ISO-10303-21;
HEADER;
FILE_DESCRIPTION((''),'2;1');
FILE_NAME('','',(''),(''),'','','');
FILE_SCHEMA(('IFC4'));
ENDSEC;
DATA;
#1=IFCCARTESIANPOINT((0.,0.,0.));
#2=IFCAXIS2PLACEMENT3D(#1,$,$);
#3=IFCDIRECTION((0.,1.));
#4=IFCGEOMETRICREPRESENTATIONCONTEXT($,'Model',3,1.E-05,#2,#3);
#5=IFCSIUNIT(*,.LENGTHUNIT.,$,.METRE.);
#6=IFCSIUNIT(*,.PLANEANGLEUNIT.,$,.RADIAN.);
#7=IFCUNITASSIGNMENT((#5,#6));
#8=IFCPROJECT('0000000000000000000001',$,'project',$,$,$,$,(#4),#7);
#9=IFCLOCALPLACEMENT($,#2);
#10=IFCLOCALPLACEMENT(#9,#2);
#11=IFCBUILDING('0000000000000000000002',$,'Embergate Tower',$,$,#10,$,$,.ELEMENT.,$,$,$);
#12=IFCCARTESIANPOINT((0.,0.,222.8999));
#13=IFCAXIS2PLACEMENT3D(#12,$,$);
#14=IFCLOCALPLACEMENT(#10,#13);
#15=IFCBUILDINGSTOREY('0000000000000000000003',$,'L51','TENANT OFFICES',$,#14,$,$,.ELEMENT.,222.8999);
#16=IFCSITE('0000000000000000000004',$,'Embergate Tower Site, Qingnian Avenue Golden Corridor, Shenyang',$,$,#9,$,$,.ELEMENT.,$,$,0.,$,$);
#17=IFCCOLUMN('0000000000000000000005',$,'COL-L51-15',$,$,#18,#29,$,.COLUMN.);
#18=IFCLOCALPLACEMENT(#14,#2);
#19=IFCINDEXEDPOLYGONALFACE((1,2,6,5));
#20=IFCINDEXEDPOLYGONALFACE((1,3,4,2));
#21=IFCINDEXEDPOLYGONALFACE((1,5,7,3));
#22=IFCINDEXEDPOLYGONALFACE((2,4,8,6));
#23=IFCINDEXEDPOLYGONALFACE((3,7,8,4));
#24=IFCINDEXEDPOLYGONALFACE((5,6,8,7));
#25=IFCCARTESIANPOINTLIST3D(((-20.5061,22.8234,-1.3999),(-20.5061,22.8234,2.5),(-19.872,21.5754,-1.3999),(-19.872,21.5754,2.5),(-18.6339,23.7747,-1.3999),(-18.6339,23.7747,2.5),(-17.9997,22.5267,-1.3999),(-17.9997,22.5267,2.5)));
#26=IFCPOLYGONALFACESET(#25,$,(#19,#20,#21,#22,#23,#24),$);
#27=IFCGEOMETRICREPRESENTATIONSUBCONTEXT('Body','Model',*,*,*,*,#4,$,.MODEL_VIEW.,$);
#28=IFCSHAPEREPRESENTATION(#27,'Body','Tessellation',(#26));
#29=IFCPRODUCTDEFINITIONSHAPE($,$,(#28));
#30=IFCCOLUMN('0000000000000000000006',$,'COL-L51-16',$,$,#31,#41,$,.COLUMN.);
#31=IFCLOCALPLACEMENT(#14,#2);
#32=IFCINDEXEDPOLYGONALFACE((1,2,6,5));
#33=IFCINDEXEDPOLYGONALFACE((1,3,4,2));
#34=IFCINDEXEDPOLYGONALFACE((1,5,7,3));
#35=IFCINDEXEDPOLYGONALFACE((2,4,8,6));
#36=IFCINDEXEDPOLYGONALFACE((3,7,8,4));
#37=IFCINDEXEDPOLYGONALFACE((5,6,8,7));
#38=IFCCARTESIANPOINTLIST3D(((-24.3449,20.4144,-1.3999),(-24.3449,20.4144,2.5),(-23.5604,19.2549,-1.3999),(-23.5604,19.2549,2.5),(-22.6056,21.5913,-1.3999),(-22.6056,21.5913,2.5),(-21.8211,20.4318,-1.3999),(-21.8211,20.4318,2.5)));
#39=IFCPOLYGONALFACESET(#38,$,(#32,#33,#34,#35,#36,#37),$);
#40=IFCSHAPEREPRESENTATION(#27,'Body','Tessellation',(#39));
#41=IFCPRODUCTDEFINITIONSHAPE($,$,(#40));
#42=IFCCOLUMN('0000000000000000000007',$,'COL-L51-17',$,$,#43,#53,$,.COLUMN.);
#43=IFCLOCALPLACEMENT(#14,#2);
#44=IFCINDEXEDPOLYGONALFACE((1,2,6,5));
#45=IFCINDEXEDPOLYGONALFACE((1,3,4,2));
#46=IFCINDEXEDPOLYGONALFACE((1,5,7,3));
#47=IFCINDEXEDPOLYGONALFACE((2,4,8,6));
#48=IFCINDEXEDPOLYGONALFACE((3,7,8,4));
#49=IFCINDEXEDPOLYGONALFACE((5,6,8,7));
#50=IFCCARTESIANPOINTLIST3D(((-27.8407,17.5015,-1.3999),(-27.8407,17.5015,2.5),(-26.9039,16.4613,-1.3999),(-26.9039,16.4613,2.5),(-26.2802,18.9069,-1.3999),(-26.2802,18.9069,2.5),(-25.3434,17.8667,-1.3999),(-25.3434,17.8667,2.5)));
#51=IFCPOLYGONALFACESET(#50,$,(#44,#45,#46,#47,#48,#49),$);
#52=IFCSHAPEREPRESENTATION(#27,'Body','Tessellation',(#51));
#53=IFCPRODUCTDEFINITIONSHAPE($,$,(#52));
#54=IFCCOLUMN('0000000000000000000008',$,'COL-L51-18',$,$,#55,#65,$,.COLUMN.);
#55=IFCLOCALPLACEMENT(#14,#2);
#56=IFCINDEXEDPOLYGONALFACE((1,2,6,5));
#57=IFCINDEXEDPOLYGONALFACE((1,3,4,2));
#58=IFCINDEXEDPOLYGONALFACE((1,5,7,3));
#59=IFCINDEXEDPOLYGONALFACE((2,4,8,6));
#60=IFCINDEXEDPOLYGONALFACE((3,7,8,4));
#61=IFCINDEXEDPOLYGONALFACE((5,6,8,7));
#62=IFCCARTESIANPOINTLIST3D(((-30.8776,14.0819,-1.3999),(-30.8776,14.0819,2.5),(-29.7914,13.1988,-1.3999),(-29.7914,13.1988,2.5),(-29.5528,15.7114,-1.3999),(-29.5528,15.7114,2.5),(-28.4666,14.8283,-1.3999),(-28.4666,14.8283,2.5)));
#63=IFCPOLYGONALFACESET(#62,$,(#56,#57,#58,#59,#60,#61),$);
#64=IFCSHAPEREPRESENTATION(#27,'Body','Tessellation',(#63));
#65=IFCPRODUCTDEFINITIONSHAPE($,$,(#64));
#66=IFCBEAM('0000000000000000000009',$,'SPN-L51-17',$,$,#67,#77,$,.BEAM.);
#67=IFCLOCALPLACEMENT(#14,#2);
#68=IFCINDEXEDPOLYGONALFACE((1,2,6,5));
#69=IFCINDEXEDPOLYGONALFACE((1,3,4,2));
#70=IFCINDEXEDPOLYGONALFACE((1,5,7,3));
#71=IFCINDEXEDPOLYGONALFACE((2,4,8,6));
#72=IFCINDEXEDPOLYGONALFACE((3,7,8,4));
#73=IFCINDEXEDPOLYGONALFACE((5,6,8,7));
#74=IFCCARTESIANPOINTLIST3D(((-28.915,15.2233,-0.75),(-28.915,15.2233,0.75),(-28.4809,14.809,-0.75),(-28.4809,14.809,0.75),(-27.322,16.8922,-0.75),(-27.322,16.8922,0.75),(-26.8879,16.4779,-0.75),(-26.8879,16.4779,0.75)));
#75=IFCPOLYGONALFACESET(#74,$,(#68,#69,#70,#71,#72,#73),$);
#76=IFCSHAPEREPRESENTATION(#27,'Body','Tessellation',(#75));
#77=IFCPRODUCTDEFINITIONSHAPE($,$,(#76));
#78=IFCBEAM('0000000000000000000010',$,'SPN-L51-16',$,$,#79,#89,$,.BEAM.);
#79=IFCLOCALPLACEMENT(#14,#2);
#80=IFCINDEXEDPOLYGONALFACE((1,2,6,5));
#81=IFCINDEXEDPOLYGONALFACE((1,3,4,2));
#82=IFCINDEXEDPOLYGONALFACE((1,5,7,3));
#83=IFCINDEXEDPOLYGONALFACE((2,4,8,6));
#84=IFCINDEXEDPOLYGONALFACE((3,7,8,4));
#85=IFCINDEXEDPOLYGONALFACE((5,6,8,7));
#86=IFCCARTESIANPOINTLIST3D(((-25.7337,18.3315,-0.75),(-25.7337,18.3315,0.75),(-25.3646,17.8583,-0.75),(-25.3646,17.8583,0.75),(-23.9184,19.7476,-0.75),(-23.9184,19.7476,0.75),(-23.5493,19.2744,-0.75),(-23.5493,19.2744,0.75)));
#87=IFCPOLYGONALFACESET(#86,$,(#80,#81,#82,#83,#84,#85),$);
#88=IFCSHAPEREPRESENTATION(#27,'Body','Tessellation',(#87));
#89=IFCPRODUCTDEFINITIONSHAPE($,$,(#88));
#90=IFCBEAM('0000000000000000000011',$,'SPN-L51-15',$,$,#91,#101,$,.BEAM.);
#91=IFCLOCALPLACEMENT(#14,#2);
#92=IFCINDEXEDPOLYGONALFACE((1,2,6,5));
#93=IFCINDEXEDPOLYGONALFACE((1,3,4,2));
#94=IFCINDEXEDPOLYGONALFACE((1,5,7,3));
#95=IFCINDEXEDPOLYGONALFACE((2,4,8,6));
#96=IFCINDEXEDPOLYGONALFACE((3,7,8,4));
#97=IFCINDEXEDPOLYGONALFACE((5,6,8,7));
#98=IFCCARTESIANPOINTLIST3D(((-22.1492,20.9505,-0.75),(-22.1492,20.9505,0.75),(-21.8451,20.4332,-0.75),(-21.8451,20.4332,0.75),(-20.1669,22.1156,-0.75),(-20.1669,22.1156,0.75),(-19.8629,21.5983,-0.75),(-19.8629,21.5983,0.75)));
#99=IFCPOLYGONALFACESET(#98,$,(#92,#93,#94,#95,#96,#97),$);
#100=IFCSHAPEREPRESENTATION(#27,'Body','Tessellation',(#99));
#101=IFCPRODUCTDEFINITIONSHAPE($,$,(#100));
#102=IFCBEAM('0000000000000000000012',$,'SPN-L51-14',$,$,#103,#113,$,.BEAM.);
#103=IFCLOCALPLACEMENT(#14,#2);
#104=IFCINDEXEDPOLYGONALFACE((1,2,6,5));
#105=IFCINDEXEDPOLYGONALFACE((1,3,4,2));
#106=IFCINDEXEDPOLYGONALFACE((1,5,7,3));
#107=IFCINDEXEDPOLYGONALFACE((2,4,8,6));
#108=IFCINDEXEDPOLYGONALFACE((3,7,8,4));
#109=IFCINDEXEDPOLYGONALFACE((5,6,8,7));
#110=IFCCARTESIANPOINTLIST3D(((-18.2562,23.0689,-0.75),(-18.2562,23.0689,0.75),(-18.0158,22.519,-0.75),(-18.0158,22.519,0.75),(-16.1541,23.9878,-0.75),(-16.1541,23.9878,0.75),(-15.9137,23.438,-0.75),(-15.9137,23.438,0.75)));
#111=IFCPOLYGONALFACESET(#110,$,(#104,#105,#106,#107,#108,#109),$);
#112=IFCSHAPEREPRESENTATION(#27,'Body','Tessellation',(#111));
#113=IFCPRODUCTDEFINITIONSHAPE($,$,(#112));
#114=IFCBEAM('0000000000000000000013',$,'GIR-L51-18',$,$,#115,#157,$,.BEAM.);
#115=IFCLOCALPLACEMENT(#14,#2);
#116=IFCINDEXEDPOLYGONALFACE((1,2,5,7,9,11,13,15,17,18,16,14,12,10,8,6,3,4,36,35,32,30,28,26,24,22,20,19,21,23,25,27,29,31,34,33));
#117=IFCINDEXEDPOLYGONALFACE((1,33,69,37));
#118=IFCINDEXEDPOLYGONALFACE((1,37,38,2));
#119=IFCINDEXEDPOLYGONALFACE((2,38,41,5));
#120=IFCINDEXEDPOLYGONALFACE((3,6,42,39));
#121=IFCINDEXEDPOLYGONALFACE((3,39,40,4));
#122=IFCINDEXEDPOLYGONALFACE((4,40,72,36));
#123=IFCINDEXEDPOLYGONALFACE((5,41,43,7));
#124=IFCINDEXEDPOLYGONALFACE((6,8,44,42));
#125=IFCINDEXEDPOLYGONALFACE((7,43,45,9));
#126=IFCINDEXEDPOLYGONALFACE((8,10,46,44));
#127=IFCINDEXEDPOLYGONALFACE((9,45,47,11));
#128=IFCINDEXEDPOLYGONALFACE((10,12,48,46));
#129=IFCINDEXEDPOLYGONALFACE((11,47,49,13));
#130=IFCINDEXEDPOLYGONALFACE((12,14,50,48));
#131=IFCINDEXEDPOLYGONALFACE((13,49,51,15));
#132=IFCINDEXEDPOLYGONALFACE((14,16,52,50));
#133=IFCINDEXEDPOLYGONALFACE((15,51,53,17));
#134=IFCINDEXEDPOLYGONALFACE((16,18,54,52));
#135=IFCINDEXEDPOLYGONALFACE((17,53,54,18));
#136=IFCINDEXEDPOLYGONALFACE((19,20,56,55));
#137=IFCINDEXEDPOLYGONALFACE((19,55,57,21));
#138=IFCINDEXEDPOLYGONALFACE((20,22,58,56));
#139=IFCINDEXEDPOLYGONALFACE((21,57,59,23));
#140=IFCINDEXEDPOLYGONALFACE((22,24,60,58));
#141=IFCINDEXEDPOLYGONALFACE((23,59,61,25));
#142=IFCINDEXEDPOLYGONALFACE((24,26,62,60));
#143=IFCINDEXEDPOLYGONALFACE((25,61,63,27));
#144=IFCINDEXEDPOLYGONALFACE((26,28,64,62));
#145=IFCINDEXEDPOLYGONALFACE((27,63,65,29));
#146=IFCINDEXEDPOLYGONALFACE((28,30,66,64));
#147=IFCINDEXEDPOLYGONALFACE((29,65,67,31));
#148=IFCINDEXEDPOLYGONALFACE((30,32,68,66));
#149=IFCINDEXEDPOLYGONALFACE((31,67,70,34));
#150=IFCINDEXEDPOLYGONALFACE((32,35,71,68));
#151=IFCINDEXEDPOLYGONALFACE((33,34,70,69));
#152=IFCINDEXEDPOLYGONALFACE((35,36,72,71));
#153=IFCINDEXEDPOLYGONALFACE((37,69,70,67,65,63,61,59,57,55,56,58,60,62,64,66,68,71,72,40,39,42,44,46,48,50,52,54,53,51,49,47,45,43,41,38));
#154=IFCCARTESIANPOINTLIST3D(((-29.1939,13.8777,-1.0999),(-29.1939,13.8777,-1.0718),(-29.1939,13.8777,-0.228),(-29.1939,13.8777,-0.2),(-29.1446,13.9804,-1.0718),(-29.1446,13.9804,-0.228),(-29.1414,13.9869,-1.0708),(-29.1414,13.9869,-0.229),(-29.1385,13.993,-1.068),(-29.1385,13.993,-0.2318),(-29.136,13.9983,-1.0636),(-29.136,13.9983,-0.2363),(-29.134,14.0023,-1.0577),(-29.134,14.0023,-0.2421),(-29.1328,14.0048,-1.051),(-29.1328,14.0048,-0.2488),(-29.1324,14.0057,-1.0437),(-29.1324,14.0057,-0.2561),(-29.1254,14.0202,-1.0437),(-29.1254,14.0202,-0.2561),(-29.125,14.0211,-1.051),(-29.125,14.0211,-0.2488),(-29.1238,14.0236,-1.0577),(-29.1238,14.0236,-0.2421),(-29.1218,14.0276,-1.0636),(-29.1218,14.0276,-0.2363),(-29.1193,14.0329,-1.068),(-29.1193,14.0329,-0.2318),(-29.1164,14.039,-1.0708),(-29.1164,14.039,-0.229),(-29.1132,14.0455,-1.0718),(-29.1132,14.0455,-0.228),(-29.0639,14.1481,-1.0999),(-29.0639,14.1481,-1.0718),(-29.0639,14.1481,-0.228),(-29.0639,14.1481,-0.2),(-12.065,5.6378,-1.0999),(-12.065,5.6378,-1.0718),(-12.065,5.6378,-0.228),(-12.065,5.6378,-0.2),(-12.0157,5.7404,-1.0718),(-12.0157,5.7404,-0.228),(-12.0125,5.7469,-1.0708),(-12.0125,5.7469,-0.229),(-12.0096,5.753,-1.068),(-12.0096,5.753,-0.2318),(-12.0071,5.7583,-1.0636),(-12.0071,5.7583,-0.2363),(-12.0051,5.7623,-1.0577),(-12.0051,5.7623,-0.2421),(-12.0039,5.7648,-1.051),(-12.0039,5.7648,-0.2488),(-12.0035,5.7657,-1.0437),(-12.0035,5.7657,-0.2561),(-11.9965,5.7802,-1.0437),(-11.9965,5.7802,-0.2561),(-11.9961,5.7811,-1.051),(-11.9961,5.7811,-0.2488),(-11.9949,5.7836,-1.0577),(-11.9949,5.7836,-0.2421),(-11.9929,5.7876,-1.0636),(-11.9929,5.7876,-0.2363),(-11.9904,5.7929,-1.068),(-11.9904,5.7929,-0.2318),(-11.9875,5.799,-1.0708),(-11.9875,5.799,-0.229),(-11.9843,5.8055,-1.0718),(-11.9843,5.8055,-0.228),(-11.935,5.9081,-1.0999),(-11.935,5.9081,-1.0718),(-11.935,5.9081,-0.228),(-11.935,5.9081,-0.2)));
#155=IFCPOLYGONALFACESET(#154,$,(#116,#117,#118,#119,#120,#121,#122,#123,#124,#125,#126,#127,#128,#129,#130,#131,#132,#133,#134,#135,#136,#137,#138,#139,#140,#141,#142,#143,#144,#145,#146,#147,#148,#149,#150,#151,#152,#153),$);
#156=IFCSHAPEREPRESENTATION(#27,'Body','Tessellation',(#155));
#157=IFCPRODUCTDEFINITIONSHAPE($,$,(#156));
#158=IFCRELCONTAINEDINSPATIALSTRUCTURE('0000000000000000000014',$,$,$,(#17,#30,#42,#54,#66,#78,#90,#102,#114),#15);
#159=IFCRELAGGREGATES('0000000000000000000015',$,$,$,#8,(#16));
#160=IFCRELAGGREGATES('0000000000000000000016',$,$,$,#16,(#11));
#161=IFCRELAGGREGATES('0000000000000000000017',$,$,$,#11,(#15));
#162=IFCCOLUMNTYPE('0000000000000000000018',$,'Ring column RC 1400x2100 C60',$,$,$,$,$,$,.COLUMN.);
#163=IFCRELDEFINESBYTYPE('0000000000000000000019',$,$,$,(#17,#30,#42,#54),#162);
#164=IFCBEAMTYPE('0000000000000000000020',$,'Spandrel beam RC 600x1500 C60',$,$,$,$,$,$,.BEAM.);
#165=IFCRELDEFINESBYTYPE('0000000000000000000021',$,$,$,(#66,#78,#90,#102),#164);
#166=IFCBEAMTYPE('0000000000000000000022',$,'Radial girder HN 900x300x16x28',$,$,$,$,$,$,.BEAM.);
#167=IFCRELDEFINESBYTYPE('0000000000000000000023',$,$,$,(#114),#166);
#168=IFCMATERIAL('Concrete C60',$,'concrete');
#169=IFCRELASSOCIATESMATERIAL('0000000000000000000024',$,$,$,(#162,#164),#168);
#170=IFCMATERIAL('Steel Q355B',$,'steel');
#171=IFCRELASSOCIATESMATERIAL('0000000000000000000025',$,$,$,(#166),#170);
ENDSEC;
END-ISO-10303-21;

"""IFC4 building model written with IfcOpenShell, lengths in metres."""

from ifc_helpers import new_model, si_unit, direction, frame, origin, origin_2d, place, context, subcontext, project, spatial, rectangle, i_section, extrude, source, transform, mapped, material, material_profile, profile_set, type_object, element, save


model = new_model("IFC4")

# Units and contexts
model_context = context("Model", 3, precision=1e-05, world=origin(), true_north=direction((0.0, 1.0)))
body_context = subcontext(model_context, "Body", "Model", "MODEL_VIEW")
ifc_project = project(units=[si_unit("LENGTHUNIT", "METRE"), si_unit("PLANEANGLEUNIT", "RADIAN")], contexts=[model_context])

# Site, building, storey
site_placement = place(None, origin())
site = spatial("IfcSite", under=ifc_project, at=site_placement, Name="Embergate Tower Site, Qingnian Avenue Golden Corridor, Shenyang", CompositionType="ELEMENT", RefElevation=0.0)
building_placement = place(site_placement, origin())
building = spatial("IfcBuilding", under=site, at=building_placement, Name="Embergate Tower", CompositionType="ELEMENT")
storey_placement = place(building_placement, frame((0.0, 0.0, 222.8999)))
storey = spatial("IfcBuildingStorey", under=building, at=storey_placement, Name="L51", Description="TENANT OFFICES", CompositionType="ELEMENT", Elevation=222.8999)

# Columns
ifc_material_1 = material(Name="Concrete C60", Category="concrete")
ifc_material_profile_1 = material_profile(ifc_material_1, rectangle(XDim=1.3999, YDim=2.1001, at=origin_2d()), Name="RC 1400x2100")
ifc_profile_set_1 = profile_set([ifc_material_profile_1], Name="Concrete C60")
column_type = type_object("IfcColumnType", Name="Ring column RC 1400x2100 C60", PredefinedType="COLUMN", material=ifc_profile_set_1)
shared_shape_1 = source(origin(), body_context, "Body", "SweptSolid", [
    extrude(rectangle(XDim=1.3999, YDim=2.1001, at=origin_2d()), origin(), (0.0, 0.0, 1.0), 3.8999),
])
for number, where, z_axis, x_axis, name in (
    (1, (-19.2529, 22.675, -1.3999), (0.0, 0.0, 1.0), (-0.453011, 0.891505, 0.0), "COL-L51-15"),
    (2, (-23.083, 20.4231, -1.3999), (0.0, 0.0, 1.0), (-0.560393, 0.828227, 0.0), "COL-L51-16"),
    (3, (-26.592, 17.6841, -1.3999), (0.0, 0.0, 1.0), (-0.669221, 0.743063, 0.0), "COL-L51-17"),
    (4, (-29.6721, 14.4551, -1.3999), (0.0, 0.0, 1.0), (-0.775925, 0.630825, 0.0), "COL-L51-18"),
):
    element("IfcColumn", number, at=place(storey_placement, frame(where, z_axis=z_axis, x_axis=x_axis)), inside=storey, type_object=column_type, Name=name, PredefinedType="COLUMN", context=body_context, shape_type="MappedRepresentation", body=[
        mapped(shared_shape_1, transform((0.0, 0.0, 0.0))),
    ])

# Beams
ifc_material_profile_2 = material_profile(ifc_material_1, rectangle(XDim=0.6001, YDim=1.5, at=origin_2d()), Name="RC 600x1500")
ifc_profile_set_2 = profile_set([ifc_material_profile_2], Name="Concrete C60")
beam_type_1 = type_object("IfcBeamType", Name="Spandrel beam RC 600x1500 C60", PredefinedType="BEAM", material=ifc_profile_set_2)
shared_shape_2 = source(origin(), body_context, "Body", "SweptSolid", [
    extrude(rectangle(XDim=0.6001, YDim=1.5, at=origin_2d()), origin(), (0.0, 0.0, 1.0), 2.3071),
])
beam_1_placement = place(storey_placement, frame((-27.105, 16.6851, 0.0), z_axis=(-0.690461, -0.72337, 0.0), x_axis=(0.72337, -0.690461, 0.0)))
element("IfcBeam", 5, at=beam_1_placement, inside=storey, type_object=beam_type_1, Name="SPN-L51-17", PredefinedType="BEAM", context=body_context, shape_type="MappedRepresentation", body=[
    mapped(shared_shape_2, transform((0.0, 0.0, 0.0))),
])
shared_shape_3 = source(origin(), body_context, "Body", "SweptSolid", [
    extrude(rectangle(XDim=0.6001, YDim=1.5, at=origin_2d()), origin(), (0.0, 0.0, 1.0), 2.3022),
])
beam_2_placement = place(storey_placement, frame((-23.7339, 19.511, 0.0), z_axis=(-0.788466, -0.615078, 0.0), x_axis=(0.615078, -0.788466, 0.0)))
element("IfcBeam", 6, at=beam_2_placement, inside=storey, type_object=beam_type_1, Name="SPN-L51-16", PredefinedType="BEAM", context=body_context, shape_type="MappedRepresentation", body=[
    mapped(shared_shape_3, transform((0.0, 0.0, 0.0))),
])
shared_shape_4 = source(origin(), body_context, "Body", "SweptSolid", [
    extrude(rectangle(XDim=0.6001, YDim=1.5, at=origin_2d()), origin(), (0.0, 0.0, 1.0), 2.2993),
])
beam_3_placement = place(storey_placement, frame((-20.0149, 21.8569, 0.0), z_axis=(-0.862114, -0.506714, 0.0), x_axis=(0.506714, -0.862114, 0.0)))
element("IfcBeam", 7, at=beam_3_placement, inside=storey, type_object=beam_type_1, Name="SPN-L51-15", PredefinedType="BEAM", context=body_context, shape_type="MappedRepresentation", body=[
    mapped(shared_shape_4, transform((0.0, 0.0, 0.0))),
])
shared_shape_5 = source(origin(), body_context, "Body", "SweptSolid", [
    extrude(rectangle(XDim=0.6001, YDim=1.5, at=origin_2d()), origin(), (0.0, 0.0, 1.0), 2.2942),
])
beam_4_placement = place(storey_placement, frame((-16.0339, 23.7129, 0.0), z_axis=(-0.91627, -0.400562, 0.0), x_axis=(0.400562, -0.91627, 0.0)))
element("IfcBeam", 8, at=beam_4_placement, inside=storey, type_object=beam_type_1, Name="SPN-L51-14", PredefinedType="BEAM", context=body_context, shape_type="MappedRepresentation", body=[
    mapped(shared_shape_5, transform((0.0, 0.0, 0.0))),
])
ifc_material_2 = material(Name="Steel Q355B", Category="steel")
ifc_material_profile_3 = material_profile(ifc_material_2, i_section(OverallWidth=0.3, OverallDepth=0.8999, WebThickness=0.0161, FlangeThickness=0.0281, FilletRadius=0.0281, at=origin_2d()), Name="HN 900x300x16x28")
ifc_profile_set_3 = profile_set([ifc_material_profile_3], Name="Steel Q355 grade B")
beam_type_2 = type_object("IfcBeamType", Name="Radial girder HN 900x300x16x28", PredefinedType="BEAM", material=ifc_profile_set_3)
shared_shape_6 = source(origin(), body_context, "Body", "SweptSolid", [
    extrude(i_section(OverallWidth=0.3, OverallDepth=0.8999, WebThickness=0.0161, FlangeThickness=0.0281, FilletRadius=0.0281, at=origin_2d()), origin(), (0.0, 0.0, 1.0), 19.0078),
])
beam_5_placement = place(storey_placement, frame((-29.1289, 14.0129, -0.6499), z_axis=(0.901151, -0.433505, 0.0), x_axis=(0.433505, 0.901151, 0.0)))
element("IfcBeam", 9, at=beam_5_placement, inside=storey, type_object=beam_type_2, Name="GIR-L51-18", PredefinedType="BEAM", context=body_context, shape_type="MappedRepresentation", body=[
    mapped(shared_shape_6, transform((0.0, 0.0, 0.0))),
])

save(model, "model.ifc")
